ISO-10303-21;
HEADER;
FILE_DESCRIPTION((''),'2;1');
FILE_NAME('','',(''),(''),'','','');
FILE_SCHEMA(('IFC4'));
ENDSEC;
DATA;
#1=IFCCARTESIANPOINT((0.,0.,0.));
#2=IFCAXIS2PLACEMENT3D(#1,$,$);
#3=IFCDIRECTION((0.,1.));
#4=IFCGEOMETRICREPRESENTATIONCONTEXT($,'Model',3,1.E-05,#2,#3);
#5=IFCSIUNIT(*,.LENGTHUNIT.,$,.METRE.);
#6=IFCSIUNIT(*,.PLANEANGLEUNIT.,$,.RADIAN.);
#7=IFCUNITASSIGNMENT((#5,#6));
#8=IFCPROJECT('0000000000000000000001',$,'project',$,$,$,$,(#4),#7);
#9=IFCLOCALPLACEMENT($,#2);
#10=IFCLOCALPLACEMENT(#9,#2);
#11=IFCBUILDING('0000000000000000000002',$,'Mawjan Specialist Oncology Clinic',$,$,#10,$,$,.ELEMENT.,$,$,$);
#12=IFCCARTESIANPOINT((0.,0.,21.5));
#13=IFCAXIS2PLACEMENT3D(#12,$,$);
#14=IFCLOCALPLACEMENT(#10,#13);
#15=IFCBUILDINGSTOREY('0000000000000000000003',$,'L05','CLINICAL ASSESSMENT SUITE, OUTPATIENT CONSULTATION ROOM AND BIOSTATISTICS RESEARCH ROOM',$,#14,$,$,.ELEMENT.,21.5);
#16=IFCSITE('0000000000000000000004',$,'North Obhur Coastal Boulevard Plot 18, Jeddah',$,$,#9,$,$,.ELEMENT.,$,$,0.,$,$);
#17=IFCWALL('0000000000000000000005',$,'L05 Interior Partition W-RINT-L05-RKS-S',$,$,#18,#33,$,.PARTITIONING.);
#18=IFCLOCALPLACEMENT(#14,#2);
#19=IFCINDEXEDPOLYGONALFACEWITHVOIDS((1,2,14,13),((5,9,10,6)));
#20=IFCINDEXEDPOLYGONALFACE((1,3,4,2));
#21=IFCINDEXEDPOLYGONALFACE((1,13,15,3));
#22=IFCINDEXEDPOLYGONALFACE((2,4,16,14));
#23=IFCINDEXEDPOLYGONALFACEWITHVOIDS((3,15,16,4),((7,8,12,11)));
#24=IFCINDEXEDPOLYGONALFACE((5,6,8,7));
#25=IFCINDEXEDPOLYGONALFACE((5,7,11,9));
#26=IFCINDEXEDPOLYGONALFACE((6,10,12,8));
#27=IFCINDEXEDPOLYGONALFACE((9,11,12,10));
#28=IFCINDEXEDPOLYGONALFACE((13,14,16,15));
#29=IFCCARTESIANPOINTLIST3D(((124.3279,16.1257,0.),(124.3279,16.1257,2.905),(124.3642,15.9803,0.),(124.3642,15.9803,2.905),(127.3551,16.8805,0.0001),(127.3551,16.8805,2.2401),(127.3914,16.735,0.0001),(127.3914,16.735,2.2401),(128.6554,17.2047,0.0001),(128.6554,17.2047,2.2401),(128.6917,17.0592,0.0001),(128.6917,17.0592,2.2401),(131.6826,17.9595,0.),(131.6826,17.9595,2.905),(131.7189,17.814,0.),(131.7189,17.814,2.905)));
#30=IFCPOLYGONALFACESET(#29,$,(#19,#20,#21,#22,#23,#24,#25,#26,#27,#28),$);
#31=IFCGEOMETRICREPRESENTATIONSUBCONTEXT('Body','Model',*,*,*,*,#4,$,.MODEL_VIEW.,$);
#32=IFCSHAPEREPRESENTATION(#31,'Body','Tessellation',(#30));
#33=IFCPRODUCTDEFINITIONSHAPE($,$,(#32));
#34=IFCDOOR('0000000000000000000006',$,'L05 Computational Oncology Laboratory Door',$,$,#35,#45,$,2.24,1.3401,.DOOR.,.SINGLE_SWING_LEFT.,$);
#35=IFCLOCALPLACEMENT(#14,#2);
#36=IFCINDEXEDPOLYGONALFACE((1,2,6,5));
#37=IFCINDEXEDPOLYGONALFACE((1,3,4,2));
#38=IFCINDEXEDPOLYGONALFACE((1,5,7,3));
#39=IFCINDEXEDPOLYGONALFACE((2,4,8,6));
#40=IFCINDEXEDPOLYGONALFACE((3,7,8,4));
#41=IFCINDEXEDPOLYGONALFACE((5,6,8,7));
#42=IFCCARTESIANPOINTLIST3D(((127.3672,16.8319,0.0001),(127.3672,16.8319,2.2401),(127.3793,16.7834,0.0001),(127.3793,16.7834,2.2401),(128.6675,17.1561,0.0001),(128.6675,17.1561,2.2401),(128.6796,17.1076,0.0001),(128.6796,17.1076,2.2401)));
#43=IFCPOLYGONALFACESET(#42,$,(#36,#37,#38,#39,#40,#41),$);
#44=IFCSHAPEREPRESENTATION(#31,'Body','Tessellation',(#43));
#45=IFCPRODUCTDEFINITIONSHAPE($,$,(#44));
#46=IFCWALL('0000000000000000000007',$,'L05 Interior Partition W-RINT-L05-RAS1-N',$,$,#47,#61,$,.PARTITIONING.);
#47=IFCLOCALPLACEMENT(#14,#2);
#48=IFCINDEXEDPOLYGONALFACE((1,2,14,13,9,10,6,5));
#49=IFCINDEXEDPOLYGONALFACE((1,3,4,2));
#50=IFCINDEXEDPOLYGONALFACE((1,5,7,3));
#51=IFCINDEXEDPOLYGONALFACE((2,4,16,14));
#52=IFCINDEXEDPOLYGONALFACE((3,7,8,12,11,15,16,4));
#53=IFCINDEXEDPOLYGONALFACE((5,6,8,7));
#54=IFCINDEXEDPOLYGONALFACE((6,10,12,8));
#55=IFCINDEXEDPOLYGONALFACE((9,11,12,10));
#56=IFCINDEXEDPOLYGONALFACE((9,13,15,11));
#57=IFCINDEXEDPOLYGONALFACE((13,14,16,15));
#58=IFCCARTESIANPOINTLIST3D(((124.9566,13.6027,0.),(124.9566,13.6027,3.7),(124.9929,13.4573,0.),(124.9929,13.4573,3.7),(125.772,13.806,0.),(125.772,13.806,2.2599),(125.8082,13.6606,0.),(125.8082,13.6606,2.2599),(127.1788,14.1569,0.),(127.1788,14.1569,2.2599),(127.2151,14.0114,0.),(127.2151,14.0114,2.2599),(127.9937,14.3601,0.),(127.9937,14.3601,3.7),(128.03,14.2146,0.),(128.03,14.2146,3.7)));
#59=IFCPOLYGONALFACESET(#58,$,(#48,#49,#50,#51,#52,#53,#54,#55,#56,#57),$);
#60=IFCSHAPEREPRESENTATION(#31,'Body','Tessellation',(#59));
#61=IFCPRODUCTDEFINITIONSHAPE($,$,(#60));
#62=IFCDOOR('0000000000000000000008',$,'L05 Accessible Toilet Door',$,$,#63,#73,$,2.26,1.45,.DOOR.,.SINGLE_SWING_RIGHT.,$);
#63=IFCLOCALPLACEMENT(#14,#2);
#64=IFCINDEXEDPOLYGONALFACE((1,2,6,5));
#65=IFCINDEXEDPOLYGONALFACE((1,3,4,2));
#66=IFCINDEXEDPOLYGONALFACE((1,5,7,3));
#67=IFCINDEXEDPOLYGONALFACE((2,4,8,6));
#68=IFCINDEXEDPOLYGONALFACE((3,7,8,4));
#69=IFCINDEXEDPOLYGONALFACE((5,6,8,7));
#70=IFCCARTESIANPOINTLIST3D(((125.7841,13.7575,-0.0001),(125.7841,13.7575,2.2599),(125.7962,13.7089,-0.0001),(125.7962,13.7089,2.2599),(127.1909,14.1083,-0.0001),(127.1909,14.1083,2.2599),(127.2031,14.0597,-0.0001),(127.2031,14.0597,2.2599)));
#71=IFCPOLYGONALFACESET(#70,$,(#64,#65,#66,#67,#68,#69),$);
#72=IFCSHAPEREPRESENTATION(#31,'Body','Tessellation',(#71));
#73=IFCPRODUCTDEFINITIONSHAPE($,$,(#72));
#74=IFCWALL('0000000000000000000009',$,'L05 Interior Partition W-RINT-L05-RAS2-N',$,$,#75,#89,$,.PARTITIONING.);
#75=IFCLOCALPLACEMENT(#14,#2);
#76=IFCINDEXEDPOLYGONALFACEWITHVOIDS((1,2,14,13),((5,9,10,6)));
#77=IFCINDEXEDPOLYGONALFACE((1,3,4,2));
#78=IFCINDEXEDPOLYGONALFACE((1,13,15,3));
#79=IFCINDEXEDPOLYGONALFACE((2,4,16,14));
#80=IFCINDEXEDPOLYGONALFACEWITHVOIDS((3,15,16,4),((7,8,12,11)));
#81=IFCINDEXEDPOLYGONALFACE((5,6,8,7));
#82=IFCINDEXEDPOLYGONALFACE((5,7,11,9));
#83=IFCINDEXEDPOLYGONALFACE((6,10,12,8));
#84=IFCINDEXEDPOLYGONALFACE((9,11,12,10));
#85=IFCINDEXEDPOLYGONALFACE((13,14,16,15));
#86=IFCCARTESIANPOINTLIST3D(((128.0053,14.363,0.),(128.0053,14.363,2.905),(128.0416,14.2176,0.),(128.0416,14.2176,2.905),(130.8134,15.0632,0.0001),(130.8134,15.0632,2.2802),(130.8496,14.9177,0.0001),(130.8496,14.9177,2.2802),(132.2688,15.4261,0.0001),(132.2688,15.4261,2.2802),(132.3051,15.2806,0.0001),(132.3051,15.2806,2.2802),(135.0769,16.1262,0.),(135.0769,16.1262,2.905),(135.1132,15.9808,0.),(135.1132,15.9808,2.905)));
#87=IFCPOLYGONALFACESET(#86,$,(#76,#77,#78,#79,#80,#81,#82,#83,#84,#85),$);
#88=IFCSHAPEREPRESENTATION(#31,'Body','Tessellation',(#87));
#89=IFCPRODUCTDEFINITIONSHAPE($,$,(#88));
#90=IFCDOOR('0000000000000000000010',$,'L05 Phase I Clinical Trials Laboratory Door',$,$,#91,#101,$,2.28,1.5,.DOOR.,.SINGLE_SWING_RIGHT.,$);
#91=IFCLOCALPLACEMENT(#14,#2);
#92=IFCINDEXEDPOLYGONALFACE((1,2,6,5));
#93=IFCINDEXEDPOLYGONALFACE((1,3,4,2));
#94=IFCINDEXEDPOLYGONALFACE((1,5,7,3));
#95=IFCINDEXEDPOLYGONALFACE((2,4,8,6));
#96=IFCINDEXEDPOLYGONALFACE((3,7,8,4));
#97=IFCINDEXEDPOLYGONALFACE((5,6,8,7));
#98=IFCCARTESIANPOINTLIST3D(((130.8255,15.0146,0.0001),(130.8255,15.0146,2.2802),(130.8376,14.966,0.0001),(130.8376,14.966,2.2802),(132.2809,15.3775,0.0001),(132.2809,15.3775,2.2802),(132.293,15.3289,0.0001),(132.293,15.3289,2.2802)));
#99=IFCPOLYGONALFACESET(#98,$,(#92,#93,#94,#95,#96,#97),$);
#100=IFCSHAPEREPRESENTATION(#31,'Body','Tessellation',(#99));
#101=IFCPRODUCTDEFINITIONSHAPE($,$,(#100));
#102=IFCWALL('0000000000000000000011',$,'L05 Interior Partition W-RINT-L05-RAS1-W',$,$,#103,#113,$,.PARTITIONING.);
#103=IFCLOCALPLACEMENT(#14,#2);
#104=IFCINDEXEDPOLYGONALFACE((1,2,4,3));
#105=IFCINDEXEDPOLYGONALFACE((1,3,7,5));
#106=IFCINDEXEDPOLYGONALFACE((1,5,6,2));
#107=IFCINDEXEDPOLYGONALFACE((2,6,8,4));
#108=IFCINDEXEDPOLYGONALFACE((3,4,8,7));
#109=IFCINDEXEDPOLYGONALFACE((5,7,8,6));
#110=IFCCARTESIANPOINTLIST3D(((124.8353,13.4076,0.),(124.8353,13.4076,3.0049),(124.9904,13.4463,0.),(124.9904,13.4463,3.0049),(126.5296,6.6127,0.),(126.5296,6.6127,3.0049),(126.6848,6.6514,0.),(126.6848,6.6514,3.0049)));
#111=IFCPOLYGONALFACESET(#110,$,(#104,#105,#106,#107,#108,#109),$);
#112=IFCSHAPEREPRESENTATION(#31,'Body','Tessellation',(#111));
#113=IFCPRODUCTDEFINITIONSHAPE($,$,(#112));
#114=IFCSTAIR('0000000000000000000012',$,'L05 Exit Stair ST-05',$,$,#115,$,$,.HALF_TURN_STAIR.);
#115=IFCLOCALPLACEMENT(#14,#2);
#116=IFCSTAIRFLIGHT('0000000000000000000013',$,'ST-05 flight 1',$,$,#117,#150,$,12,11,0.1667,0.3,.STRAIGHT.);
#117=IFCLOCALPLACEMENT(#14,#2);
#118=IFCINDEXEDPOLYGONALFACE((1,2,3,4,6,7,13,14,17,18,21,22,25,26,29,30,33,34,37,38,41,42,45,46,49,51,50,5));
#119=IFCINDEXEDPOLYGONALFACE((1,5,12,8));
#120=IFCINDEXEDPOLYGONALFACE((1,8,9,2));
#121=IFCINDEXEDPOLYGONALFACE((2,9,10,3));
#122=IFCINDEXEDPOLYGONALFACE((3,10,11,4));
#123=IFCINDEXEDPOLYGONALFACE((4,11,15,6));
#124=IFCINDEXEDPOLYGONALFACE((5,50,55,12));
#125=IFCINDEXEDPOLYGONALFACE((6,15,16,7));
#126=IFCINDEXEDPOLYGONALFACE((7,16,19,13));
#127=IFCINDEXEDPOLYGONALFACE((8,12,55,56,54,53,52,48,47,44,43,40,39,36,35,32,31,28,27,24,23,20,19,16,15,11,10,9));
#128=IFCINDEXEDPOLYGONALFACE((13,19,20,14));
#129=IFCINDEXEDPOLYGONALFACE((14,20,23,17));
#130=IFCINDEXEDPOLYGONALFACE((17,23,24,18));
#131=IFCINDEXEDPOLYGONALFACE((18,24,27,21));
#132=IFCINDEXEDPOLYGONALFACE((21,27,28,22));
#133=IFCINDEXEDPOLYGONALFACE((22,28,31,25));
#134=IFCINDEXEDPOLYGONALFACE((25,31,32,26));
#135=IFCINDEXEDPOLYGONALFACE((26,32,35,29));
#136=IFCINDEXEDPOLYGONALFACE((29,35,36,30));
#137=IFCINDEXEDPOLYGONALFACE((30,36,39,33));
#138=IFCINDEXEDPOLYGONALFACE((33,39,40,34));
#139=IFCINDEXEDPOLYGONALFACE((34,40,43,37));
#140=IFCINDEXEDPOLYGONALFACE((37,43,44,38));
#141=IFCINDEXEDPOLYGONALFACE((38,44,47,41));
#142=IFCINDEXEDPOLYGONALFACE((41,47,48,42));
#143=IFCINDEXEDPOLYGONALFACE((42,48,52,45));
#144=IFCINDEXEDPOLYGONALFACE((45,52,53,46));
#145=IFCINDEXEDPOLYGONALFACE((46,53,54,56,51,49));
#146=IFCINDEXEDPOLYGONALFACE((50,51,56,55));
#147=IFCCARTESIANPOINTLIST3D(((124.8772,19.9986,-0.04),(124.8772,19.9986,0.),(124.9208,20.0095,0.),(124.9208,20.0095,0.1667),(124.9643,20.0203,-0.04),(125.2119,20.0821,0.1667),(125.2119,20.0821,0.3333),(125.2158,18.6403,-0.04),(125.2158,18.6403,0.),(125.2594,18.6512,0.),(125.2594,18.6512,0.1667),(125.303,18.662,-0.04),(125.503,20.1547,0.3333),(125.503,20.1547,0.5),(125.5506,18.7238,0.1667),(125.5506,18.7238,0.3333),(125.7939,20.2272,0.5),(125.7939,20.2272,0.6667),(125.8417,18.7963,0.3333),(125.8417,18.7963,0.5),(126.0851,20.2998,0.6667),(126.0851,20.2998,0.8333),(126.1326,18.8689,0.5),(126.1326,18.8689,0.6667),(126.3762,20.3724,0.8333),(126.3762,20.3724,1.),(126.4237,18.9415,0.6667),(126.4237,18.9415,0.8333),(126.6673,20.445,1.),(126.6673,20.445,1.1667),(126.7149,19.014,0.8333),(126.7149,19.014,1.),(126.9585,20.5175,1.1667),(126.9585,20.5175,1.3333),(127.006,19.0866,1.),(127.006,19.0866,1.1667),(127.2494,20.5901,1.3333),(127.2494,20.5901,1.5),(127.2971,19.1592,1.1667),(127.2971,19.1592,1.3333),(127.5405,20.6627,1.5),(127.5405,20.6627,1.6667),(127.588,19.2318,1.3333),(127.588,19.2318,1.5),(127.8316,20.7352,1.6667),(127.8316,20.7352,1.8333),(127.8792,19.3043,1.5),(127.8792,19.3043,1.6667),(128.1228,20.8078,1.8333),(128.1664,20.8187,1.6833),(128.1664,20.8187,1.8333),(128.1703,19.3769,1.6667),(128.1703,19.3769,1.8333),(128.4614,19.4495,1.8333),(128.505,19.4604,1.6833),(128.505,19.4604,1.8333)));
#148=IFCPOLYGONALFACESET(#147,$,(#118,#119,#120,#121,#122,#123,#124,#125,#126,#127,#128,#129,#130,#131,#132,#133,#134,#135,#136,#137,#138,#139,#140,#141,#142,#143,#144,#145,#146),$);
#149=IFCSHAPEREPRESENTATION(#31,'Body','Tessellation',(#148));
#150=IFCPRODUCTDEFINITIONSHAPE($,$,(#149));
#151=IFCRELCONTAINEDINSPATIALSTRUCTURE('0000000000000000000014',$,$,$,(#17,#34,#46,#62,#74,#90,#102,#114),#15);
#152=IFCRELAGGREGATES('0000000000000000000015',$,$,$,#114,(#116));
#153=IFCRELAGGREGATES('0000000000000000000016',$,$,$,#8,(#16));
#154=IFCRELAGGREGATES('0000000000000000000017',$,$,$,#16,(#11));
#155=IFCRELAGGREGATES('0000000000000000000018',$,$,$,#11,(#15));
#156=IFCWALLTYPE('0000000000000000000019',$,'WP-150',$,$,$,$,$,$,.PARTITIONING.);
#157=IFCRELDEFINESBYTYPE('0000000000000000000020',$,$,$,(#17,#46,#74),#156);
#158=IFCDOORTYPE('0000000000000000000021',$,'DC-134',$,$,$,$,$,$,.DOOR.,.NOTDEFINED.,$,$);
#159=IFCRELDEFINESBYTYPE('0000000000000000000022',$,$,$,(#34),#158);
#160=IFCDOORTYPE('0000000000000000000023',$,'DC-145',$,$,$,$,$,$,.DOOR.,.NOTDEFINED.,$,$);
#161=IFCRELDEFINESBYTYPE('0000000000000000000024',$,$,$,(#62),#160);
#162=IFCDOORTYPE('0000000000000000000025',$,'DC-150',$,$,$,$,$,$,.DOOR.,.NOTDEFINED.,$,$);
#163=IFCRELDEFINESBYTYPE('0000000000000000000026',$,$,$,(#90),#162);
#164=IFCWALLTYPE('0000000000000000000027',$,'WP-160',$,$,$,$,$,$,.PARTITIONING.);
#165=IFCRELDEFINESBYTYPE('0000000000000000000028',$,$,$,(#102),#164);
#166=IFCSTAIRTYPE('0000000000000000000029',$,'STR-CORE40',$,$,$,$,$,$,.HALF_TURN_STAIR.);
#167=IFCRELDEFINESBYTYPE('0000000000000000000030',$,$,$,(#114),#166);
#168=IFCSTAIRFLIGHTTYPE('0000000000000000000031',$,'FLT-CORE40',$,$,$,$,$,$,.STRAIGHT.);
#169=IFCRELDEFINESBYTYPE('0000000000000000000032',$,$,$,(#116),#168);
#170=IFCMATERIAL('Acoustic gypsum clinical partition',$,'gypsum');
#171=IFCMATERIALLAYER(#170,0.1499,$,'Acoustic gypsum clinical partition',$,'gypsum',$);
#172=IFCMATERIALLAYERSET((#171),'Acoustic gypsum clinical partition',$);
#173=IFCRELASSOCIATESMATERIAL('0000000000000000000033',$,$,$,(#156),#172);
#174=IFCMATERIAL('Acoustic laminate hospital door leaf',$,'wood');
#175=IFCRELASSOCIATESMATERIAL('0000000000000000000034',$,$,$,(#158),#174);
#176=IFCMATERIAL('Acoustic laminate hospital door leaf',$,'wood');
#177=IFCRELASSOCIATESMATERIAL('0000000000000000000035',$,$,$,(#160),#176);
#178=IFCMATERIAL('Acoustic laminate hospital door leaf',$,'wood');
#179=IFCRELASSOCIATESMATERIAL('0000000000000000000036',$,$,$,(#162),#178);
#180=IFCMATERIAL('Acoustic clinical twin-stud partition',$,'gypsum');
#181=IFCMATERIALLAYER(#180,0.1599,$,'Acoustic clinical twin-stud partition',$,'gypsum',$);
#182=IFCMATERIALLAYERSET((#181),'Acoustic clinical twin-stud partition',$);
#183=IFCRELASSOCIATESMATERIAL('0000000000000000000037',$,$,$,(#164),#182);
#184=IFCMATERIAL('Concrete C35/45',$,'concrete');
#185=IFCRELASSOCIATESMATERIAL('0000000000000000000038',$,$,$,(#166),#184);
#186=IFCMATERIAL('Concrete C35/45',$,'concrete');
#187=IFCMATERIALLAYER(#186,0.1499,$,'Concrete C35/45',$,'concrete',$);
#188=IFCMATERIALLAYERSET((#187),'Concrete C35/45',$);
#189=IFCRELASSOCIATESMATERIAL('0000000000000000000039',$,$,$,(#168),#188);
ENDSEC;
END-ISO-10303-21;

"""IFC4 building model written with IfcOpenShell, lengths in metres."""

from ifc_helpers import new_model, si_unit, direction, frame, frame_2d, origin, place, context, subcontext, project, spatial, polyline, rectangle, outline, extrude, material, layer, layer_set, type_object, element, fill, aggregate, save


model = new_model("IFC4")

# Units and contexts
model_context = context("Model", 3, precision=1e-05, world=origin(), true_north=direction((0.0, 1.0)))
body_context = subcontext(model_context, "Body", "Model", "MODEL_VIEW")
ifc_project = project(units=[si_unit("LENGTHUNIT", "METRE"), si_unit("PLANEANGLEUNIT", "RADIAN")], contexts=[model_context])

# Site, building, storey
site_placement = place(None, origin())
site = spatial("IfcSite", under=ifc_project, at=site_placement, Name="North Obhur Coastal Boulevard Plot 18, Jeddah", CompositionType="ELEMENT", RefElevation=0.0)
building_placement = place(site_placement, origin())
building = spatial("IfcBuilding", under=site, at=building_placement, Name="Mawjan Specialist Oncology Clinic", CompositionType="ELEMENT")
storey_placement = place(building_placement, frame((0.0, 0.0, 21.5)))
storey = spatial("IfcBuildingStorey", under=building, at=storey_placement, Name="L05", Description="CLINICAL ASSESSMENT SUITE, OUTPATIENT CONSULTATION ROOM AND BIOSTATISTICS RESEARCH ROOM", CompositionType="ELEMENT", Elevation=21.5)

# Walls, openings, doors
ifc_material_1 = material(Name="Acoustic gypsum clinical partition", Category="gypsum")
ifc_layer_1 = layer(ifc_material_1, 0.1499, Name="Acoustic gypsum clinical partition", Category="gypsum")
ifc_layer_set_1 = layer_set([ifc_layer_1], Name="Acoustic gypsum clinical partition")
wall_type_1 = type_object("IfcWallType", Name="WP-150", PredefinedType="PARTITIONING", material=ifc_layer_set_1)
wall_1_placement = place(storey_placement, frame((124.3459, 16.053, 0.0), z_axis=(0.0, 0.0, 1.0), x_axis=(0.970296, 0.241922, 0.0)))
wall_1 = element("IfcWall", 1, at=wall_1_placement, inside=storey, type_object=wall_type_1, Name="L05 Interior Partition W-RINT-L05-RKS-S", PredefinedType="PARTITIONING", context=body_context, shape_type="SweptSolid", body=[
    extrude(rectangle(XDim=7.5798, YDim=0.1499, at=frame_2d((3.79, 0.0))), origin(), (0.0, 0.0, 1.0), 2.905),
])
opening_1_placement = place(wall_1_placement, frame((3.1201, 0.0, 0.0)))
opening_1 = element("IfcOpeningElement", 2, at=opening_1_placement, cuts=wall_1, PredefinedType="OPENING", context=body_context, shape_type="SweptSolid", body=[
    extrude(rectangle(XDim=1.3401, YDim=2.24, at=frame_2d((0.6699, 1.1201))), frame((0.0, 0.0869, 0.0), z_axis=(0.0, -1.0, 0.0), x_axis=(1.0, 0.0, 0.0)), (0.0, 0.0, 1.0), 0.1738),
])
ifc_material_2 = material(Name="Acoustic laminate hospital door leaf", Category="wood")
door_type_1 = type_object("IfcDoorType", Name="DC-134", OperationType="NOTDEFINED", PredefinedType="DOOR", material=ifc_material_2)
door_1_placement = place(opening_1_placement, origin())
door_1 = element("IfcDoor", 3, at=door_1_placement, inside=storey, type_object=door_type_1, Name="L05 Computational Oncology Laboratory Door", OperationType="SINGLE_SWING_LEFT", OverallHeight=2.24, OverallWidth=1.3401, PredefinedType="DOOR", context=body_context, shape_type="SweptSolid", body=[
    extrude(rectangle(XDim=1.3401, YDim=2.24, at=frame_2d((0.6699, 1.1201))), frame((0.0, 0.0249, 0.0), z_axis=(0.0, -1.0, 0.0), x_axis=(1.0, 0.0, 0.0)), (0.0, 0.0, 1.0), 0.05),
])
fill(opening_1, door_1)
wall_2_placement = place(storey_placement, frame((124.9749, 13.53, 0.0), z_axis=(0.0, 0.0, 1.0), x_axis=(0.970289, 0.241948, 0.0)))
wall_2 = element("IfcWall", 4, at=wall_2_placement, inside=storey, type_object=wall_type_1, Name="L05 Interior Partition W-RINT-L05-RAS1-N", PredefinedType="PARTITIONING", context=body_context, shape_type="SweptSolid", body=[
    extrude(rectangle(XDim=3.1301, YDim=0.1499, at=frame_2d((1.5649, 0.0))), origin(), (0.0, 0.0, 1.0), 3.7),
])
opening_2_placement = place(wall_2_placement, frame((0.8401, 0.0, 0.0)))
opening_2 = element("IfcOpeningElement", 5, at=opening_2_placement, cuts=wall_2, PredefinedType="OPENING", context=body_context, shape_type="SweptSolid", body=[
    extrude(rectangle(XDim=1.45, YDim=2.26, at=frame_2d((0.7251, 1.1299))), frame((0.0, 0.0869, 0.0), z_axis=(0.0, -1.0, 0.0), x_axis=(1.0, 0.0, 0.0)), (0.0, 0.0, 1.0), 0.1738),
])
ifc_material_3 = material(Name="Acoustic laminate hospital door leaf", Category="wood")
door_type_2 = type_object("IfcDoorType", Name="DC-145", OperationType="NOTDEFINED", PredefinedType="DOOR", material=ifc_material_3)
door_2_placement = place(opening_2_placement, origin())
door_2 = element("IfcDoor", 6, at=door_2_placement, inside=storey, type_object=door_type_2, Name="L05 Accessible Toilet Door", OperationType="SINGLE_SWING_RIGHT", OverallHeight=2.26, OverallWidth=1.45, PredefinedType="DOOR", context=body_context, shape_type="SweptSolid", body=[
    extrude(rectangle(XDim=1.45, YDim=2.26, at=frame_2d((0.7251, 1.1299))), frame((0.0, 0.0249, 0.0), z_axis=(0.0, -1.0, 0.0), x_axis=(1.0, 0.0, 0.0)), (0.0, 0.0, 1.0), 0.05),
])
fill(opening_2, door_2)
wall_3_placement = place(storey_placement, frame((128.0234, 14.2903, 0.0), z_axis=(0.0, 0.0, 1.0), x_axis=(0.970294, 0.241929, 0.0)))
wall_3 = element("IfcWall", 7, at=wall_3_placement, inside=storey, type_object=wall_type_1, Name="L05 Interior Partition W-RINT-L05-RAS2-N", PredefinedType="PARTITIONING", context=body_context, shape_type="SweptSolid", body=[
    extrude(rectangle(XDim=7.2881, YDim=0.1499, at=frame_2d((3.644, 0.0))), origin(), (0.0, 0.0, 1.0), 2.905),
])
opening_3_placement = place(wall_3_placement, frame((2.894, 0.0, 0.0)))
opening_3 = element("IfcOpeningElement", 8, at=opening_3_placement, cuts=wall_3, PredefinedType="OPENING", context=body_context, shape_type="SweptSolid", body=[
    extrude(rectangle(XDim=1.5, YDim=2.28, at=frame_2d((0.75, 1.1401))), frame((0.0, 0.0869, 0.0), z_axis=(0.0, -1.0, 0.0), x_axis=(1.0, 0.0, 0.0)), (0.0, 0.0, 1.0), 0.1738),
])
ifc_material_4 = material(Name="Acoustic laminate hospital door leaf", Category="wood")
door_type_3 = type_object("IfcDoorType", Name="DC-150", OperationType="NOTDEFINED", PredefinedType="DOOR", material=ifc_material_4)
door_3_placement = place(opening_3_placement, origin())
door_3 = element("IfcDoor", 9, at=door_3_placement, inside=storey, type_object=door_type_3, Name="L05 Phase I Clinical Trials Laboratory Door", OperationType="SINGLE_SWING_RIGHT", OverallHeight=2.28, OverallWidth=1.5, PredefinedType="DOOR", context=body_context, shape_type="SweptSolid", body=[
    extrude(rectangle(XDim=1.5, YDim=2.28, at=frame_2d((0.75, 1.1401))), frame((0.0, 0.0249, 0.0), z_axis=(0.0, -1.0, 0.0), x_axis=(1.0, 0.0, 0.0)), (0.0, 0.0, 1.0), 0.05),
])
fill(opening_3, door_3)

# Wall
ifc_material_5 = material(Name="Acoustic clinical twin-stud partition", Category="gypsum")
ifc_layer_2 = layer(ifc_material_5, 0.1599, Name="Acoustic clinical twin-stud partition", Category="gypsum")
ifc_layer_set_2 = layer_set([ifc_layer_2], Name="Acoustic clinical twin-stud partition")
wall_type_2 = type_object("IfcWallType", Name="WP-160", PredefinedType="PARTITIONING", material=ifc_layer_set_2)
wall_4_placement = place(storey_placement, frame((126.6072, 6.6321, 0.0), z_axis=(0.0, 0.0, 1.0), x_axis=(-0.241945, 0.97029, 0.0)))
element("IfcWall", 10, at=wall_4_placement, inside=storey, type_object=wall_type_2, Name="L05 Interior Partition W-RINT-L05-RAS1-W", PredefinedType="PARTITIONING", context=body_context, shape_type="SweptSolid", body=[
    extrude(rectangle(XDim=7.0029, YDim=0.1599, at=frame_2d((3.5015, 0.0))), origin(), (0.0, 0.0, 1.0), 3.0049),
])

# Stair, stair flight
ifc_material_6 = material(Name="Concrete C35/45", Category="concrete")
stair_type = type_object("IfcStairType", Name="STR-CORE40", PredefinedType="HALF_TURN_STAIR", material=ifc_material_6)
stair_placement = place(storey_placement, origin())
stair = element("IfcStair", 11, at=stair_placement, inside=storey, type_object=stair_type, Name="L05 Exit Stair ST-05", PredefinedType="HALF_TURN_STAIR")
ifc_material_7 = material(Name="Concrete C35/45", Category="concrete")
ifc_layer_3 = layer(ifc_material_7, 0.1499, Name="Concrete C35/45", Category="concrete")
ifc_layer_set_3 = layer_set([ifc_layer_3], Name="Concrete C35/45")
stair_flight_type = type_object("IfcStairFlightType", Name="FLT-CORE40", PredefinedType="STRAIGHT", material=ifc_layer_set_3)
stair_flight_1_placement = place(storey_placement, frame((125.0901, 19.3303, 0.0), z_axis=(0.0, 0.0, 1.0), x_axis=(0.970296, 0.241922, 0.0)))
stair_flight_1 = element("IfcStairFlight", 12, at=stair_flight_1_placement, type_object=stair_flight_type, Name="ST-05 flight 1", NumberOfRisers=12, NumberOfTreads=11, PredefinedType="STRAIGHT", RiserHeight=0.1667, TreadLength=0.3, context=body_context, shape_type="SweptSolid", body=[
    extrude(outline(polyline([(-0.0449, -0.04), (-0.0449, 0.0), (0.0, 0.0), (0.0, 0.1667), (0.3, 0.1667), (0.3, 0.3333), (0.6001, 0.3333), (0.6001, 0.5), (0.8999, 0.5), (0.8999, 0.6667), (1.2, 0.6667), (1.2, 0.8333), (1.5, 0.8333), (1.5, 1.0), (1.8, 1.0), (1.8, 1.1667), (2.1001, 1.1667), (2.1001, 1.3333), (2.3999, 1.3333), (2.3999, 1.5), (2.7, 1.5), (2.7, 1.6667), (3.0, 1.6667), (3.0, 1.8333), (3.3, 1.8333), (3.345, 1.8333), (3.345, 1.6833), (0.0449, -0.04), (-0.0449, -0.04)])), frame((0.0, 0.7, 0.0), z_axis=(0.0, -1.0, 0.0), x_axis=(1.0, 0.0, 0.0)), (0.0, 0.0, 1.0), 1.3999),
])
aggregate(stair, [stair_flight_1])

save(model, "model.ifc")
